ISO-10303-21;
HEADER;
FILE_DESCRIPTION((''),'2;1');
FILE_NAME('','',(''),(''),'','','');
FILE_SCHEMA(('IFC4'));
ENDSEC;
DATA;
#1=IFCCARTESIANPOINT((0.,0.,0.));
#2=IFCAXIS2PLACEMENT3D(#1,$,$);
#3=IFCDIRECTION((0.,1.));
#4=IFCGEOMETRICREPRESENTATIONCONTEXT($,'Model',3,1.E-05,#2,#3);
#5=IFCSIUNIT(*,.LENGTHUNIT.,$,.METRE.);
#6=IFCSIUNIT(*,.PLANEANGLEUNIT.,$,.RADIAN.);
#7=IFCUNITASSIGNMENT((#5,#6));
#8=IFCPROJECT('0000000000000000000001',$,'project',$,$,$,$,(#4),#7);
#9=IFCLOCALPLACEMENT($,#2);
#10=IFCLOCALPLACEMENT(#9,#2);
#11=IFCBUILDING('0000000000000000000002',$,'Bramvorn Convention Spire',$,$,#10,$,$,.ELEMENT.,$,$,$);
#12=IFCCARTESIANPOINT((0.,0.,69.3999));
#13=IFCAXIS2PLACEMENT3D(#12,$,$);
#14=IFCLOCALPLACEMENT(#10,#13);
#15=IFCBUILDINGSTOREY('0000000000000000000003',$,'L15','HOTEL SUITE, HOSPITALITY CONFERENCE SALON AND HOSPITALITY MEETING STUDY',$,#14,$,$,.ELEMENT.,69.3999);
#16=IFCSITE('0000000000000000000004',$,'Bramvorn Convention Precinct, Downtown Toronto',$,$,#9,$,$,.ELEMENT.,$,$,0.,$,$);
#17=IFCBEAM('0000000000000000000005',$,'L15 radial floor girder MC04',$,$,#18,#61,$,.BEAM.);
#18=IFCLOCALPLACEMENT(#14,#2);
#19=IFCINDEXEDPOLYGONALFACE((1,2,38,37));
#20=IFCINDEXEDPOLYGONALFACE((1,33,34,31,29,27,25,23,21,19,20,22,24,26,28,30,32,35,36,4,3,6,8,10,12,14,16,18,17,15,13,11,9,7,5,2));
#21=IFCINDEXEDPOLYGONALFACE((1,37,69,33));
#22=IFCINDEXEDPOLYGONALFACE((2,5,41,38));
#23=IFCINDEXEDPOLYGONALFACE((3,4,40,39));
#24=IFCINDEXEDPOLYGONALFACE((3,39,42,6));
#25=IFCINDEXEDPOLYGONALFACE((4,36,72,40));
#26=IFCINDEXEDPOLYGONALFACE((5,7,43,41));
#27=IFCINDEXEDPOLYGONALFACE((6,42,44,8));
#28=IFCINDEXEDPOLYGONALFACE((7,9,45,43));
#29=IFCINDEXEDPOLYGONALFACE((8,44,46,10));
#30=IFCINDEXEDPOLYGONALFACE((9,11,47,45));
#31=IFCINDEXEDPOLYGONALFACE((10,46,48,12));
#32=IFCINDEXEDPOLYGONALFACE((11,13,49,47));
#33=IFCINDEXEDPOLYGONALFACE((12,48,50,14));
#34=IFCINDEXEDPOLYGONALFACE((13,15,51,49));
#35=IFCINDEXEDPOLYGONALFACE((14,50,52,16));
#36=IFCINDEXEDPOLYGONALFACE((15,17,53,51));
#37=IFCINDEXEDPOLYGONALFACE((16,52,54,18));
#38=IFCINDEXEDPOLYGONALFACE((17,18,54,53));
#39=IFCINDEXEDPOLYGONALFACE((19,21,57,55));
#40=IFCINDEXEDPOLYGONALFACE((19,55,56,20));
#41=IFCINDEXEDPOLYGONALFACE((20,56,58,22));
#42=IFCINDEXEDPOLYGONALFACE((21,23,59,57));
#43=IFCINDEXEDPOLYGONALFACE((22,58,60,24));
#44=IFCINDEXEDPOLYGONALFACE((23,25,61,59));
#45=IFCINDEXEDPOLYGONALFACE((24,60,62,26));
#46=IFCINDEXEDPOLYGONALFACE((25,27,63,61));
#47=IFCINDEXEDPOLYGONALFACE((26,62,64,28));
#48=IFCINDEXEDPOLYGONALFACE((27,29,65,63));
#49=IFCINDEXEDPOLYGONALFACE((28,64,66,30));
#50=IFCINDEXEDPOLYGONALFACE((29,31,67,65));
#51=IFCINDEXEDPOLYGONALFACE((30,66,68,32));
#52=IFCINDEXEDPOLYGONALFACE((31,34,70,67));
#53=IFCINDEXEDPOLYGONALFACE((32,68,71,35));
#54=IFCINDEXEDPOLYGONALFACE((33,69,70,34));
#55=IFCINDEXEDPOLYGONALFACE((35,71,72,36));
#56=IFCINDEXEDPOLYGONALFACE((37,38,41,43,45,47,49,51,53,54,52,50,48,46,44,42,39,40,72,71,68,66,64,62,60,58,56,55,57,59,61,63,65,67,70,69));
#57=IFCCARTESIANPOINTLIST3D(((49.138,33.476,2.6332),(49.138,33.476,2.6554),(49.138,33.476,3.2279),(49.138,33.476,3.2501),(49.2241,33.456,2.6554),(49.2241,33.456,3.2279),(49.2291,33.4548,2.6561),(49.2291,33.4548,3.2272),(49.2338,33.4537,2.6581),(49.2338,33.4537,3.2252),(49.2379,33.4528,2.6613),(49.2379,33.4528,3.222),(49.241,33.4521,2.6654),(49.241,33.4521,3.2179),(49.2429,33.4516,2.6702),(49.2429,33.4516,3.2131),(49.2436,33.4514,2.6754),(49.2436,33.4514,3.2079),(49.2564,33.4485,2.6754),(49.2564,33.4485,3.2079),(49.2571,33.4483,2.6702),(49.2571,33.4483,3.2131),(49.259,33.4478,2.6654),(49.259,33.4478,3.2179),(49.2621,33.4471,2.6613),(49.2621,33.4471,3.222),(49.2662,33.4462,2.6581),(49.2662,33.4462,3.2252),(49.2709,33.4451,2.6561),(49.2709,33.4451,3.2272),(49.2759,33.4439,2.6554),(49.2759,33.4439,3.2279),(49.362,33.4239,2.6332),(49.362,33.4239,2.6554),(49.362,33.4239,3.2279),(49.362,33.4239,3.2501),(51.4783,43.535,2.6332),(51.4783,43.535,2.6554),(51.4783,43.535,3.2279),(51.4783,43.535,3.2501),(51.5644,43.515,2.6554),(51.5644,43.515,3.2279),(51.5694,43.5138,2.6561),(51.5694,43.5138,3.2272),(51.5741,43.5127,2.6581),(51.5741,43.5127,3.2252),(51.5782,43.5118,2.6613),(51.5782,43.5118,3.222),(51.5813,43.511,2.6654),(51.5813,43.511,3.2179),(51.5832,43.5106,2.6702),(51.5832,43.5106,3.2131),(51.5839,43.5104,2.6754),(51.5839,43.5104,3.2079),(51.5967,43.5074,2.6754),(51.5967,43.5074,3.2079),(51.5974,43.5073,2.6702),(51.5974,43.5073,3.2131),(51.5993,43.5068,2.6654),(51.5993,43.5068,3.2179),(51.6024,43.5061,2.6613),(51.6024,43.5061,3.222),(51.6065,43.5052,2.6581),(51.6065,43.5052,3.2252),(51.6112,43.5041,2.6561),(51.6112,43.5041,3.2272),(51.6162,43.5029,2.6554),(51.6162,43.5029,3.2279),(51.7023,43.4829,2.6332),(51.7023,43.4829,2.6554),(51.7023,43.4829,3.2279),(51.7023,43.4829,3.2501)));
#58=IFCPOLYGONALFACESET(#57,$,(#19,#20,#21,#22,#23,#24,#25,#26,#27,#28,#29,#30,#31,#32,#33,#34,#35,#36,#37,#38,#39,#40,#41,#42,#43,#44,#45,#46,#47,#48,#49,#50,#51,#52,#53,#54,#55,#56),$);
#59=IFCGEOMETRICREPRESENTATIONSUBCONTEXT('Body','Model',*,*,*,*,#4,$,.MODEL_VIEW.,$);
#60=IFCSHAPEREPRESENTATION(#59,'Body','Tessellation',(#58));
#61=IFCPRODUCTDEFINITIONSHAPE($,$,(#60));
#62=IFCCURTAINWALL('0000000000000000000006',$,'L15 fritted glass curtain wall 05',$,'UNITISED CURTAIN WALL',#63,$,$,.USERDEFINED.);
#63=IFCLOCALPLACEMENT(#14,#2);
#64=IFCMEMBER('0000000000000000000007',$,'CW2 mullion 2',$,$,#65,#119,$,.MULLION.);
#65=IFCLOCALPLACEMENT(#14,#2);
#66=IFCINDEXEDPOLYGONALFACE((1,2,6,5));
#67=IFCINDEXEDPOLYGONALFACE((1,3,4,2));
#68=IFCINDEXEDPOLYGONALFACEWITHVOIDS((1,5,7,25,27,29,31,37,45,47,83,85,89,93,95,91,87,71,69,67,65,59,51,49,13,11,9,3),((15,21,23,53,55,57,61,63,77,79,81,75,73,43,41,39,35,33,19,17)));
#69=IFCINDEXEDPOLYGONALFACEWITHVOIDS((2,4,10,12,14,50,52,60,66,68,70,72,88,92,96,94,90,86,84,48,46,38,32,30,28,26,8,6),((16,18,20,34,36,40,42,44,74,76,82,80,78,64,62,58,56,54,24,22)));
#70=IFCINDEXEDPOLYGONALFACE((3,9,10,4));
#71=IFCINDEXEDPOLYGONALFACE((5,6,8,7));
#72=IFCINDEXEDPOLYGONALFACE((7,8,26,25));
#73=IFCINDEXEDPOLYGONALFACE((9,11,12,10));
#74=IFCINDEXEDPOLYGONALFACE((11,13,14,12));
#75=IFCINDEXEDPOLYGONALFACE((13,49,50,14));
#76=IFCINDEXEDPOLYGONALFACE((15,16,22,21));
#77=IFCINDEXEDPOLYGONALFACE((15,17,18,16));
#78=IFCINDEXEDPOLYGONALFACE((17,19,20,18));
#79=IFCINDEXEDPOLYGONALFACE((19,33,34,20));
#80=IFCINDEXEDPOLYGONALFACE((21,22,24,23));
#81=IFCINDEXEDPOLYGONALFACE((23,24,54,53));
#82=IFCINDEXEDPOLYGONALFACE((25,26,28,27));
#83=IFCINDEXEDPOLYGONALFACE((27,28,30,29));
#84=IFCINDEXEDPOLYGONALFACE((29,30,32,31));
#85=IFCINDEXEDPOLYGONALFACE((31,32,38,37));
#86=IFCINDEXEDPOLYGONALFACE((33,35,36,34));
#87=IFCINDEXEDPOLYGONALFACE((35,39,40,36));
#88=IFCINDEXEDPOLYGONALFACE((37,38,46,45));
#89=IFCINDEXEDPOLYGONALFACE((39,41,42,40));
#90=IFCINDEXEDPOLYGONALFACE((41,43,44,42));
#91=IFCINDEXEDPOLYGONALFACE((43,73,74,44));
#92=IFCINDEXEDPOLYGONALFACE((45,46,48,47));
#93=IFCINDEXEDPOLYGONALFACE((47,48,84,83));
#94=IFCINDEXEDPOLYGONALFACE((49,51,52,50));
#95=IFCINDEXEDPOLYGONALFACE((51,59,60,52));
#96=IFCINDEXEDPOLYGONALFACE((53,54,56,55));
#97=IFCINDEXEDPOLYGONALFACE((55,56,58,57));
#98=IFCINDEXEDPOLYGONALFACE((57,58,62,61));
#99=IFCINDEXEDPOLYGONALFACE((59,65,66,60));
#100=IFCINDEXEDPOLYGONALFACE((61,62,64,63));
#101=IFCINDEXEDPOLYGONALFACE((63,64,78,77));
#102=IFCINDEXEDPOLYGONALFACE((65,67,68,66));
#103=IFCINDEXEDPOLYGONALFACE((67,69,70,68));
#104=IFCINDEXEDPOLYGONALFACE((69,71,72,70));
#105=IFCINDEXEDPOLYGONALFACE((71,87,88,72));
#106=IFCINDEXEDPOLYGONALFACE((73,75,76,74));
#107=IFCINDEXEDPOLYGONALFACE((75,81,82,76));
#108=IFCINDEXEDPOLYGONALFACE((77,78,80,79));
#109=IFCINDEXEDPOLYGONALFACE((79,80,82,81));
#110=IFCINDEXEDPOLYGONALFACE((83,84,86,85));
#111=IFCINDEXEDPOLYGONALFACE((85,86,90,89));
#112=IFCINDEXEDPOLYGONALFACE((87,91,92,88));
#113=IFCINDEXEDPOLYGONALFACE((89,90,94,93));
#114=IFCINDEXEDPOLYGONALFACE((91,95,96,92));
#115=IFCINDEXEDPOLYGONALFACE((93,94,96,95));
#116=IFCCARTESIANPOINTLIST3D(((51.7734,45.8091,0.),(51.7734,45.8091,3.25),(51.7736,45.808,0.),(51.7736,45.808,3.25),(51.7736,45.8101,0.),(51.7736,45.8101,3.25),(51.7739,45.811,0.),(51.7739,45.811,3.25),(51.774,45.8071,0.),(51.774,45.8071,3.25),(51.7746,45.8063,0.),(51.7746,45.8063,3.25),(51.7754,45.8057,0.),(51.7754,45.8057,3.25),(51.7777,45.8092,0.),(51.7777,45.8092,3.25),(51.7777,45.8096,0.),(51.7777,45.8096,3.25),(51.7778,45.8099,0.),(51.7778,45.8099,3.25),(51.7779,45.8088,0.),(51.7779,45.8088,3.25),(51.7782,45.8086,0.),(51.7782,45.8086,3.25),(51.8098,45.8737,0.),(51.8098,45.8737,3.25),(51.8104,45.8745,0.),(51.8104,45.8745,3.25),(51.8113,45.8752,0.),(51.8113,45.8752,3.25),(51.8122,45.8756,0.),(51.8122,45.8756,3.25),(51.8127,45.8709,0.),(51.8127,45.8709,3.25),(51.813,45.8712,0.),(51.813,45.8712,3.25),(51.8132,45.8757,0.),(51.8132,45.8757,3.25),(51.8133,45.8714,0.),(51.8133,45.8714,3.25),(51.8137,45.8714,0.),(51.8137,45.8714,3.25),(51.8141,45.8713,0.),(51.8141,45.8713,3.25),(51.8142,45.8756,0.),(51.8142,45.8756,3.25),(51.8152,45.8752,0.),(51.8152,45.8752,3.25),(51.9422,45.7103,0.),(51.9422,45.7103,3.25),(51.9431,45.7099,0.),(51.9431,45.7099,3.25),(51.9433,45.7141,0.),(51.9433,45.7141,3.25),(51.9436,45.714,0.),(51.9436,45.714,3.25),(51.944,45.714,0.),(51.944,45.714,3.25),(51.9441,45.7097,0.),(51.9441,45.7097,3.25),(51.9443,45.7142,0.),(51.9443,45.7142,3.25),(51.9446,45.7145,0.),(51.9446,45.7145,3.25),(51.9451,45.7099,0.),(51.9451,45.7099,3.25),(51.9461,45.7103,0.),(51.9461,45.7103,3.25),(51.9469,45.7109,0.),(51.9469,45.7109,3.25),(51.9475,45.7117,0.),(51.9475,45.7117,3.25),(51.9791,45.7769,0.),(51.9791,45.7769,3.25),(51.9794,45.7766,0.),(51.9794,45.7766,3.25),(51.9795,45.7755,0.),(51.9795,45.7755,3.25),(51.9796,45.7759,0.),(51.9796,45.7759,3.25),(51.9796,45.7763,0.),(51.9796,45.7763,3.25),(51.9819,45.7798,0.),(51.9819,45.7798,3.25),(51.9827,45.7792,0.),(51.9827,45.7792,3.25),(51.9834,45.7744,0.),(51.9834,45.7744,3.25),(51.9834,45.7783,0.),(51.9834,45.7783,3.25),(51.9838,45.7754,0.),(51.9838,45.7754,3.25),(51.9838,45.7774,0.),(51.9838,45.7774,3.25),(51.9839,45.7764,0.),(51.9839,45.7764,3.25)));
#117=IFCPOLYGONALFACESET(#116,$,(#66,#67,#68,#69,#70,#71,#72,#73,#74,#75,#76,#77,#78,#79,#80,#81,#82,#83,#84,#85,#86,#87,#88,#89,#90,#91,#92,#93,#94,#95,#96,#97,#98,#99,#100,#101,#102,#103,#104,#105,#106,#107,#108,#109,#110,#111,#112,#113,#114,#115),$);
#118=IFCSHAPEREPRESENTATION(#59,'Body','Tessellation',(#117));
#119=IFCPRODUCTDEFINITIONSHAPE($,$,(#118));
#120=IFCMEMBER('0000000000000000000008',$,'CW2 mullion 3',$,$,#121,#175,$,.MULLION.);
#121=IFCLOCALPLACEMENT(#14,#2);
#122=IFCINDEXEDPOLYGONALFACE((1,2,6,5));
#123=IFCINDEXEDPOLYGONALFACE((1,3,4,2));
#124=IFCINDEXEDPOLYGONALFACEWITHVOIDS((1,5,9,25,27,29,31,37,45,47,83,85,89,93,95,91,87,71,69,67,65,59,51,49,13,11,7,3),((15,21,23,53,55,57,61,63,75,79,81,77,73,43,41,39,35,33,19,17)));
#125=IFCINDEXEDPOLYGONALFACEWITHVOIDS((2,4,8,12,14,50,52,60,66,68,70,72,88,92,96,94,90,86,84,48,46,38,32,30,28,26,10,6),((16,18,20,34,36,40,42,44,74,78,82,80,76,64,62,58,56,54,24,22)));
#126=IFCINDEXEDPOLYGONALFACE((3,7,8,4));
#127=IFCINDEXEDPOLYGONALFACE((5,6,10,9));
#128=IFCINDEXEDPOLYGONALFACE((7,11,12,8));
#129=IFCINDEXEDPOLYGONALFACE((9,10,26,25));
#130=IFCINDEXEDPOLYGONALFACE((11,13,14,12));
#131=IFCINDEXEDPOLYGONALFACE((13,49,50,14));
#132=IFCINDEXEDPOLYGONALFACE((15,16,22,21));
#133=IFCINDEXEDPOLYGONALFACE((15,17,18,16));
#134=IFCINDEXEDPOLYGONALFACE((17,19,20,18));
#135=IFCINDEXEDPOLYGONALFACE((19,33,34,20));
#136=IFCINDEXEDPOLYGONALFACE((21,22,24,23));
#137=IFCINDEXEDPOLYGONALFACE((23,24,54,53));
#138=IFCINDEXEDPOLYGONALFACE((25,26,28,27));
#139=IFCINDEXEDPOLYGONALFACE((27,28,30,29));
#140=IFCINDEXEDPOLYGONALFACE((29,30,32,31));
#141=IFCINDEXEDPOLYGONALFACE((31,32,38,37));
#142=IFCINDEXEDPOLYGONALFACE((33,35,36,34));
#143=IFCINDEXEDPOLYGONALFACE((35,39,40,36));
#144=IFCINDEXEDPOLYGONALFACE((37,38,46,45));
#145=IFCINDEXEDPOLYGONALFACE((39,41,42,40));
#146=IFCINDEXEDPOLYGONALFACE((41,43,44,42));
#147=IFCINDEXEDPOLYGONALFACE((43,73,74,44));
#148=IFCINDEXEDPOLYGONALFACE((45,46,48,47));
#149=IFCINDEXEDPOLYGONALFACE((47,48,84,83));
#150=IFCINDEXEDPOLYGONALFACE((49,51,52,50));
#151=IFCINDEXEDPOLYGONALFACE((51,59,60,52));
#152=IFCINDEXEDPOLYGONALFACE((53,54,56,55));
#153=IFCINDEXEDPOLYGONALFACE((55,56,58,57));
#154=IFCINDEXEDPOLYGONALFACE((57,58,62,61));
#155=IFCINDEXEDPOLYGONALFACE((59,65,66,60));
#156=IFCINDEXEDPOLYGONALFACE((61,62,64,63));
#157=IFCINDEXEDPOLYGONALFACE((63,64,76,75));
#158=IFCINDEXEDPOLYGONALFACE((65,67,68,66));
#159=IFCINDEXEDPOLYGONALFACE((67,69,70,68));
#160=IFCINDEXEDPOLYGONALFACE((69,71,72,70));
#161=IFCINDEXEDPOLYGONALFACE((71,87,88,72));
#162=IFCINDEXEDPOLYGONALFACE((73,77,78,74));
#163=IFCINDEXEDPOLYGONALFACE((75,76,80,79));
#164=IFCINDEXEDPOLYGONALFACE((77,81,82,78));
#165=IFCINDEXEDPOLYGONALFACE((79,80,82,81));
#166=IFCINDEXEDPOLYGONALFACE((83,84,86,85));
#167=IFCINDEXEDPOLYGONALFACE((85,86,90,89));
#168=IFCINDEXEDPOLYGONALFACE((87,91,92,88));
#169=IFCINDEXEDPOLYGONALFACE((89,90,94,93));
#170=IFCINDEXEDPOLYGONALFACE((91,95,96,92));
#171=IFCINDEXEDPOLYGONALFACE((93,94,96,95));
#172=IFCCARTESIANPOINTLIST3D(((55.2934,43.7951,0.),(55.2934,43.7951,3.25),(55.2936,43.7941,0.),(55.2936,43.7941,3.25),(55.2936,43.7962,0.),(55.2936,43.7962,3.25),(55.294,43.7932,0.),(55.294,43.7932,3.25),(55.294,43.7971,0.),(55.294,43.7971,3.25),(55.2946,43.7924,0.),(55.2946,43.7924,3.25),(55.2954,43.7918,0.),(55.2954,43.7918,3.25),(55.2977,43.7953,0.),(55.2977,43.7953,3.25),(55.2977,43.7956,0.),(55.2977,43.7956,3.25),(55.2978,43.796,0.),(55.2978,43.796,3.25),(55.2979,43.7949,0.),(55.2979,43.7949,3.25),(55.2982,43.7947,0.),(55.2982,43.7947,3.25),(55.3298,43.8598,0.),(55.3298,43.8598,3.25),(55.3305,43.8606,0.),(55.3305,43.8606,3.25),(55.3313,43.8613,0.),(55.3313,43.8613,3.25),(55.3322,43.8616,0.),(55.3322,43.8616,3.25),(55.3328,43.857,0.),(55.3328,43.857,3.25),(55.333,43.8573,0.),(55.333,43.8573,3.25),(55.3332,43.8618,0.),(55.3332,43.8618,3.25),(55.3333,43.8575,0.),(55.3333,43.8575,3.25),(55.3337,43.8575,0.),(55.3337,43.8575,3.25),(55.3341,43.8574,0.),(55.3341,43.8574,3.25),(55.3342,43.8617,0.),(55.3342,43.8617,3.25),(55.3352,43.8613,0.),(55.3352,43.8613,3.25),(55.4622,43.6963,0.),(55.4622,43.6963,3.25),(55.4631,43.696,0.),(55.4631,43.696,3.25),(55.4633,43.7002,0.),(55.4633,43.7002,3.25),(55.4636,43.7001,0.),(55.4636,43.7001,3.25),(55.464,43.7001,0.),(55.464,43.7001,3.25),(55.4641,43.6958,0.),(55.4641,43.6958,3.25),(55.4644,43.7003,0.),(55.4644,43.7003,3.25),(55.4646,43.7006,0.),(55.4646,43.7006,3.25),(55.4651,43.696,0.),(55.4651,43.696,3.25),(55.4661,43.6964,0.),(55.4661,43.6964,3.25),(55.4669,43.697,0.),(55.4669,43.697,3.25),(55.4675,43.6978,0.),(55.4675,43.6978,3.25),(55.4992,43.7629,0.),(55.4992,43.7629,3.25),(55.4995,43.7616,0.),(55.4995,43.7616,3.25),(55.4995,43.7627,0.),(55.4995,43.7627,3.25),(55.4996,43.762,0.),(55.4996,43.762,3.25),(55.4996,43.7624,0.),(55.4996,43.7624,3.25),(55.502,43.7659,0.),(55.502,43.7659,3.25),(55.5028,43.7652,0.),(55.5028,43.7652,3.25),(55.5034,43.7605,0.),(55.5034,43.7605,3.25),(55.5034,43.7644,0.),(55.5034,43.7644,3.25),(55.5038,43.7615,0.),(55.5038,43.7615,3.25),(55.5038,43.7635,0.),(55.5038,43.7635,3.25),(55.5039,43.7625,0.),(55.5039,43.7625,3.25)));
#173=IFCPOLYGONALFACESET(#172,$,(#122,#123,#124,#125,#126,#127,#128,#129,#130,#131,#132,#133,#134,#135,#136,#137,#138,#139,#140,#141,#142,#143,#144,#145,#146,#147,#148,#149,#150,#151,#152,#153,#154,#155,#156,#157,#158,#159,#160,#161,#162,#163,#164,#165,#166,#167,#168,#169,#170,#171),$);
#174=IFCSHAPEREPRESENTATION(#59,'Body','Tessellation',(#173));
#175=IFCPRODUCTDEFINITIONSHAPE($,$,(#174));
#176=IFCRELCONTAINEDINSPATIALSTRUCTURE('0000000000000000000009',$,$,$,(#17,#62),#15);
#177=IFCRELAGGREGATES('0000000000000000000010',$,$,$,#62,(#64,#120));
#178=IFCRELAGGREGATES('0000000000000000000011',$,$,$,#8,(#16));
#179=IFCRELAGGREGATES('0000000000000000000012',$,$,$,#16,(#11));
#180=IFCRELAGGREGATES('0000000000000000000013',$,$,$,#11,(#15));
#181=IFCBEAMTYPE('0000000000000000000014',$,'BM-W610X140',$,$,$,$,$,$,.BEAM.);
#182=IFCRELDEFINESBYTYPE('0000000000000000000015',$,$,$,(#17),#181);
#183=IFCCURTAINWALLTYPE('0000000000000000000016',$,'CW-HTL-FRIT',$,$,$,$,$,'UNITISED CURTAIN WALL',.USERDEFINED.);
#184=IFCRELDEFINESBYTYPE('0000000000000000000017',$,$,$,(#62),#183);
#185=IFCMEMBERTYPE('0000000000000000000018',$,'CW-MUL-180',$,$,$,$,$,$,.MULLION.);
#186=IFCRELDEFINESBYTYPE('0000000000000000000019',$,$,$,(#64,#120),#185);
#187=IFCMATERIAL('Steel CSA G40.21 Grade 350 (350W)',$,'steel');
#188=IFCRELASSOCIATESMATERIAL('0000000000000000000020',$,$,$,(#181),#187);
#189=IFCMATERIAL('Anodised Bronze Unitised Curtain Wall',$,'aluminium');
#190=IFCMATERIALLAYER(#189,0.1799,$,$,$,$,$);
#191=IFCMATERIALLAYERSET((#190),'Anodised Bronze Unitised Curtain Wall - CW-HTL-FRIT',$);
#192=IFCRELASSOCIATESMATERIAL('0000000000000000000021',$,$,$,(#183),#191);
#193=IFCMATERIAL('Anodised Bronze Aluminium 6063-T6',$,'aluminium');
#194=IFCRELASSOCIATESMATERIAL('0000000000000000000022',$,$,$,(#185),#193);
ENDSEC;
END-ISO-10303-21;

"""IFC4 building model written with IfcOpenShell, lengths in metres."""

from ifc_helpers import new_model, si_unit, direction, frame, origin, origin_2d, place, context, subcontext, project, spatial, hollow_rectangle, i_section, extrude, material, layer, layer_set, material_profile, profile_set, type_object, element, aggregate, save


model = new_model("IFC4")

# Units and contexts
model_context = context("Model", 3, precision=1e-05, world=origin(), true_north=direction((0.0, 1.0)))
body_context = subcontext(model_context, "Body", "Model", "MODEL_VIEW")
ifc_project = project(units=[si_unit("LENGTHUNIT", "METRE"), si_unit("PLANEANGLEUNIT", "RADIAN")], contexts=[model_context])

# Site, building, storey
site_placement = place(None, origin())
site = spatial("IfcSite", under=ifc_project, at=site_placement, Name="Bramvorn Convention Precinct, Downtown Toronto", CompositionType="ELEMENT", RefElevation=0.0)
building_placement = place(site_placement, origin())
building = spatial("IfcBuilding", under=site, at=building_placement, Name="Bramvorn Convention Spire", CompositionType="ELEMENT")
storey_placement = place(building_placement, frame((0.0, 0.0, 69.3999)))
storey = spatial("IfcBuildingStorey", under=building, at=storey_placement, Name="L15", Description="HOTEL SUITE, HOSPITALITY CONFERENCE SALON AND HOSPITALITY MEETING STUDY", CompositionType="ELEMENT", Elevation=69.3999)

# Shared definitions
ifc_material_1 = material(Name="Steel CSA G40.21 Grade 350 (350W)", Category="steel")

# Beam
ifc_material_profile_1 = material_profile(ifc_material_1, i_section(OverallWidth=0.23, OverallDepth=0.6169, WebThickness=0.0132, FlangeThickness=0.0222, FilletRadius=0.02, at=origin_2d()))
ifc_profile_set_1 = profile_set([ifc_material_profile_1], Name="Steel CSA G40.21 Grade 350 (350W) - W610X140")
beam_type_1 = type_object("IfcBeamType", Name="BM-W610X140", PredefinedType="BEAM", material=ifc_profile_set_1)
beam_1_placement = place(storey_placement, frame((49.25, 33.45, 2.9417), z_axis=(0.226606, 0.973986, 0.0), x_axis=(-0.973986, 0.226606, 0.0)))
element("IfcBeam", 1, at=beam_1_placement, inside=storey, type_object=beam_type_1, Name="L15 radial floor girder MC04", PredefinedType="BEAM", context=body_context, shape_type="SweptSolid", body=[
    extrude(i_section(OverallWidth=0.23, OverallDepth=0.6169, WebThickness=0.0132, FlangeThickness=0.0222, FilletRadius=0.02, at=origin_2d()), origin(), (0.0, 0.0, 1.0), 10.3276),
])

# Curtain wall, members
ifc_material_2 = material(Name="Anodised Bronze Unitised Curtain Wall", Category="aluminium")
ifc_layer_1 = layer(ifc_material_2, 0.1799)
ifc_layer_set_1 = layer_set([ifc_layer_1], Name="Anodised Bronze Unitised Curtain Wall - CW-HTL-FRIT")
curtain_wall_type = type_object("IfcCurtainWallType", Name="CW-HTL-FRIT", ElementType="UNITISED CURTAIN WALL", PredefinedType="USERDEFINED", material=ifc_layer_set_1)
curtain_wall_placement = place(storey_placement, origin())
curtain_wall = element("IfcCurtainWall", 2, at=curtain_wall_placement, inside=storey, type_object=curtain_wall_type, Name="L15 fritted glass curtain wall 05", ObjectType="UNITISED CURTAIN WALL", PredefinedType="USERDEFINED")
ifc_material_3 = material(Name="Anodised Bronze Aluminium 6063-T6", Category="aluminium")
ifc_material_profile_2 = material_profile(ifc_material_3, hollow_rectangle(XDim=0.0801, YDim=0.2, WallThickness=0.0039, InnerFilletRadius=0.001, OuterFilletRadius=0.0039, at=origin_2d()))
ifc_profile_set_2 = profile_set([ifc_material_profile_2], Name="Anodised Bronze Aluminium 6063-T6 - CWM80X200")
member_type_1 = type_object("IfcMemberType", Name="CW-MUL-180", PredefinedType="MULLION", material=ifc_profile_set_2)
member_1_placement = place(storey_placement, frame((51.8787, 45.7927, 0.0), z_axis=(0.0, 0.0, 1.0), x_axis=(0.496612, 0.867973, 0.0)))
member_1 = element("IfcMember", 3, at=member_1_placement, type_object=member_type_1, Name="CW2 mullion 2", PredefinedType="MULLION", context=body_context, shape_type="SweptSolid", body=[
    extrude(hollow_rectangle(XDim=0.0801, YDim=0.2, WallThickness=0.0039, InnerFilletRadius=0.001, OuterFilletRadius=0.0039, at=origin_2d()), origin(), (0.0, 0.0, 1.0), 3.25),
])
member_2_placement = place(storey_placement, frame((55.3987, 43.7788, 0.0), z_axis=(0.0, 0.0, 1.0), x_axis=(0.496612, 0.867973, 0.0)))
member_2 = element("IfcMember", 4, at=member_2_placement, type_object=member_type_1, Name="CW2 mullion 3", PredefinedType="MULLION", context=body_context, shape_type="SweptSolid", body=[
    extrude(hollow_rectangle(XDim=0.0801, YDim=0.2, WallThickness=0.0039, InnerFilletRadius=0.001, OuterFilletRadius=0.0039, at=origin_2d()), origin(), (0.0, 0.0, 1.0), 3.25),
])

aggregate(curtain_wall, [member_1, member_2])

save(model, "model.ifc")
